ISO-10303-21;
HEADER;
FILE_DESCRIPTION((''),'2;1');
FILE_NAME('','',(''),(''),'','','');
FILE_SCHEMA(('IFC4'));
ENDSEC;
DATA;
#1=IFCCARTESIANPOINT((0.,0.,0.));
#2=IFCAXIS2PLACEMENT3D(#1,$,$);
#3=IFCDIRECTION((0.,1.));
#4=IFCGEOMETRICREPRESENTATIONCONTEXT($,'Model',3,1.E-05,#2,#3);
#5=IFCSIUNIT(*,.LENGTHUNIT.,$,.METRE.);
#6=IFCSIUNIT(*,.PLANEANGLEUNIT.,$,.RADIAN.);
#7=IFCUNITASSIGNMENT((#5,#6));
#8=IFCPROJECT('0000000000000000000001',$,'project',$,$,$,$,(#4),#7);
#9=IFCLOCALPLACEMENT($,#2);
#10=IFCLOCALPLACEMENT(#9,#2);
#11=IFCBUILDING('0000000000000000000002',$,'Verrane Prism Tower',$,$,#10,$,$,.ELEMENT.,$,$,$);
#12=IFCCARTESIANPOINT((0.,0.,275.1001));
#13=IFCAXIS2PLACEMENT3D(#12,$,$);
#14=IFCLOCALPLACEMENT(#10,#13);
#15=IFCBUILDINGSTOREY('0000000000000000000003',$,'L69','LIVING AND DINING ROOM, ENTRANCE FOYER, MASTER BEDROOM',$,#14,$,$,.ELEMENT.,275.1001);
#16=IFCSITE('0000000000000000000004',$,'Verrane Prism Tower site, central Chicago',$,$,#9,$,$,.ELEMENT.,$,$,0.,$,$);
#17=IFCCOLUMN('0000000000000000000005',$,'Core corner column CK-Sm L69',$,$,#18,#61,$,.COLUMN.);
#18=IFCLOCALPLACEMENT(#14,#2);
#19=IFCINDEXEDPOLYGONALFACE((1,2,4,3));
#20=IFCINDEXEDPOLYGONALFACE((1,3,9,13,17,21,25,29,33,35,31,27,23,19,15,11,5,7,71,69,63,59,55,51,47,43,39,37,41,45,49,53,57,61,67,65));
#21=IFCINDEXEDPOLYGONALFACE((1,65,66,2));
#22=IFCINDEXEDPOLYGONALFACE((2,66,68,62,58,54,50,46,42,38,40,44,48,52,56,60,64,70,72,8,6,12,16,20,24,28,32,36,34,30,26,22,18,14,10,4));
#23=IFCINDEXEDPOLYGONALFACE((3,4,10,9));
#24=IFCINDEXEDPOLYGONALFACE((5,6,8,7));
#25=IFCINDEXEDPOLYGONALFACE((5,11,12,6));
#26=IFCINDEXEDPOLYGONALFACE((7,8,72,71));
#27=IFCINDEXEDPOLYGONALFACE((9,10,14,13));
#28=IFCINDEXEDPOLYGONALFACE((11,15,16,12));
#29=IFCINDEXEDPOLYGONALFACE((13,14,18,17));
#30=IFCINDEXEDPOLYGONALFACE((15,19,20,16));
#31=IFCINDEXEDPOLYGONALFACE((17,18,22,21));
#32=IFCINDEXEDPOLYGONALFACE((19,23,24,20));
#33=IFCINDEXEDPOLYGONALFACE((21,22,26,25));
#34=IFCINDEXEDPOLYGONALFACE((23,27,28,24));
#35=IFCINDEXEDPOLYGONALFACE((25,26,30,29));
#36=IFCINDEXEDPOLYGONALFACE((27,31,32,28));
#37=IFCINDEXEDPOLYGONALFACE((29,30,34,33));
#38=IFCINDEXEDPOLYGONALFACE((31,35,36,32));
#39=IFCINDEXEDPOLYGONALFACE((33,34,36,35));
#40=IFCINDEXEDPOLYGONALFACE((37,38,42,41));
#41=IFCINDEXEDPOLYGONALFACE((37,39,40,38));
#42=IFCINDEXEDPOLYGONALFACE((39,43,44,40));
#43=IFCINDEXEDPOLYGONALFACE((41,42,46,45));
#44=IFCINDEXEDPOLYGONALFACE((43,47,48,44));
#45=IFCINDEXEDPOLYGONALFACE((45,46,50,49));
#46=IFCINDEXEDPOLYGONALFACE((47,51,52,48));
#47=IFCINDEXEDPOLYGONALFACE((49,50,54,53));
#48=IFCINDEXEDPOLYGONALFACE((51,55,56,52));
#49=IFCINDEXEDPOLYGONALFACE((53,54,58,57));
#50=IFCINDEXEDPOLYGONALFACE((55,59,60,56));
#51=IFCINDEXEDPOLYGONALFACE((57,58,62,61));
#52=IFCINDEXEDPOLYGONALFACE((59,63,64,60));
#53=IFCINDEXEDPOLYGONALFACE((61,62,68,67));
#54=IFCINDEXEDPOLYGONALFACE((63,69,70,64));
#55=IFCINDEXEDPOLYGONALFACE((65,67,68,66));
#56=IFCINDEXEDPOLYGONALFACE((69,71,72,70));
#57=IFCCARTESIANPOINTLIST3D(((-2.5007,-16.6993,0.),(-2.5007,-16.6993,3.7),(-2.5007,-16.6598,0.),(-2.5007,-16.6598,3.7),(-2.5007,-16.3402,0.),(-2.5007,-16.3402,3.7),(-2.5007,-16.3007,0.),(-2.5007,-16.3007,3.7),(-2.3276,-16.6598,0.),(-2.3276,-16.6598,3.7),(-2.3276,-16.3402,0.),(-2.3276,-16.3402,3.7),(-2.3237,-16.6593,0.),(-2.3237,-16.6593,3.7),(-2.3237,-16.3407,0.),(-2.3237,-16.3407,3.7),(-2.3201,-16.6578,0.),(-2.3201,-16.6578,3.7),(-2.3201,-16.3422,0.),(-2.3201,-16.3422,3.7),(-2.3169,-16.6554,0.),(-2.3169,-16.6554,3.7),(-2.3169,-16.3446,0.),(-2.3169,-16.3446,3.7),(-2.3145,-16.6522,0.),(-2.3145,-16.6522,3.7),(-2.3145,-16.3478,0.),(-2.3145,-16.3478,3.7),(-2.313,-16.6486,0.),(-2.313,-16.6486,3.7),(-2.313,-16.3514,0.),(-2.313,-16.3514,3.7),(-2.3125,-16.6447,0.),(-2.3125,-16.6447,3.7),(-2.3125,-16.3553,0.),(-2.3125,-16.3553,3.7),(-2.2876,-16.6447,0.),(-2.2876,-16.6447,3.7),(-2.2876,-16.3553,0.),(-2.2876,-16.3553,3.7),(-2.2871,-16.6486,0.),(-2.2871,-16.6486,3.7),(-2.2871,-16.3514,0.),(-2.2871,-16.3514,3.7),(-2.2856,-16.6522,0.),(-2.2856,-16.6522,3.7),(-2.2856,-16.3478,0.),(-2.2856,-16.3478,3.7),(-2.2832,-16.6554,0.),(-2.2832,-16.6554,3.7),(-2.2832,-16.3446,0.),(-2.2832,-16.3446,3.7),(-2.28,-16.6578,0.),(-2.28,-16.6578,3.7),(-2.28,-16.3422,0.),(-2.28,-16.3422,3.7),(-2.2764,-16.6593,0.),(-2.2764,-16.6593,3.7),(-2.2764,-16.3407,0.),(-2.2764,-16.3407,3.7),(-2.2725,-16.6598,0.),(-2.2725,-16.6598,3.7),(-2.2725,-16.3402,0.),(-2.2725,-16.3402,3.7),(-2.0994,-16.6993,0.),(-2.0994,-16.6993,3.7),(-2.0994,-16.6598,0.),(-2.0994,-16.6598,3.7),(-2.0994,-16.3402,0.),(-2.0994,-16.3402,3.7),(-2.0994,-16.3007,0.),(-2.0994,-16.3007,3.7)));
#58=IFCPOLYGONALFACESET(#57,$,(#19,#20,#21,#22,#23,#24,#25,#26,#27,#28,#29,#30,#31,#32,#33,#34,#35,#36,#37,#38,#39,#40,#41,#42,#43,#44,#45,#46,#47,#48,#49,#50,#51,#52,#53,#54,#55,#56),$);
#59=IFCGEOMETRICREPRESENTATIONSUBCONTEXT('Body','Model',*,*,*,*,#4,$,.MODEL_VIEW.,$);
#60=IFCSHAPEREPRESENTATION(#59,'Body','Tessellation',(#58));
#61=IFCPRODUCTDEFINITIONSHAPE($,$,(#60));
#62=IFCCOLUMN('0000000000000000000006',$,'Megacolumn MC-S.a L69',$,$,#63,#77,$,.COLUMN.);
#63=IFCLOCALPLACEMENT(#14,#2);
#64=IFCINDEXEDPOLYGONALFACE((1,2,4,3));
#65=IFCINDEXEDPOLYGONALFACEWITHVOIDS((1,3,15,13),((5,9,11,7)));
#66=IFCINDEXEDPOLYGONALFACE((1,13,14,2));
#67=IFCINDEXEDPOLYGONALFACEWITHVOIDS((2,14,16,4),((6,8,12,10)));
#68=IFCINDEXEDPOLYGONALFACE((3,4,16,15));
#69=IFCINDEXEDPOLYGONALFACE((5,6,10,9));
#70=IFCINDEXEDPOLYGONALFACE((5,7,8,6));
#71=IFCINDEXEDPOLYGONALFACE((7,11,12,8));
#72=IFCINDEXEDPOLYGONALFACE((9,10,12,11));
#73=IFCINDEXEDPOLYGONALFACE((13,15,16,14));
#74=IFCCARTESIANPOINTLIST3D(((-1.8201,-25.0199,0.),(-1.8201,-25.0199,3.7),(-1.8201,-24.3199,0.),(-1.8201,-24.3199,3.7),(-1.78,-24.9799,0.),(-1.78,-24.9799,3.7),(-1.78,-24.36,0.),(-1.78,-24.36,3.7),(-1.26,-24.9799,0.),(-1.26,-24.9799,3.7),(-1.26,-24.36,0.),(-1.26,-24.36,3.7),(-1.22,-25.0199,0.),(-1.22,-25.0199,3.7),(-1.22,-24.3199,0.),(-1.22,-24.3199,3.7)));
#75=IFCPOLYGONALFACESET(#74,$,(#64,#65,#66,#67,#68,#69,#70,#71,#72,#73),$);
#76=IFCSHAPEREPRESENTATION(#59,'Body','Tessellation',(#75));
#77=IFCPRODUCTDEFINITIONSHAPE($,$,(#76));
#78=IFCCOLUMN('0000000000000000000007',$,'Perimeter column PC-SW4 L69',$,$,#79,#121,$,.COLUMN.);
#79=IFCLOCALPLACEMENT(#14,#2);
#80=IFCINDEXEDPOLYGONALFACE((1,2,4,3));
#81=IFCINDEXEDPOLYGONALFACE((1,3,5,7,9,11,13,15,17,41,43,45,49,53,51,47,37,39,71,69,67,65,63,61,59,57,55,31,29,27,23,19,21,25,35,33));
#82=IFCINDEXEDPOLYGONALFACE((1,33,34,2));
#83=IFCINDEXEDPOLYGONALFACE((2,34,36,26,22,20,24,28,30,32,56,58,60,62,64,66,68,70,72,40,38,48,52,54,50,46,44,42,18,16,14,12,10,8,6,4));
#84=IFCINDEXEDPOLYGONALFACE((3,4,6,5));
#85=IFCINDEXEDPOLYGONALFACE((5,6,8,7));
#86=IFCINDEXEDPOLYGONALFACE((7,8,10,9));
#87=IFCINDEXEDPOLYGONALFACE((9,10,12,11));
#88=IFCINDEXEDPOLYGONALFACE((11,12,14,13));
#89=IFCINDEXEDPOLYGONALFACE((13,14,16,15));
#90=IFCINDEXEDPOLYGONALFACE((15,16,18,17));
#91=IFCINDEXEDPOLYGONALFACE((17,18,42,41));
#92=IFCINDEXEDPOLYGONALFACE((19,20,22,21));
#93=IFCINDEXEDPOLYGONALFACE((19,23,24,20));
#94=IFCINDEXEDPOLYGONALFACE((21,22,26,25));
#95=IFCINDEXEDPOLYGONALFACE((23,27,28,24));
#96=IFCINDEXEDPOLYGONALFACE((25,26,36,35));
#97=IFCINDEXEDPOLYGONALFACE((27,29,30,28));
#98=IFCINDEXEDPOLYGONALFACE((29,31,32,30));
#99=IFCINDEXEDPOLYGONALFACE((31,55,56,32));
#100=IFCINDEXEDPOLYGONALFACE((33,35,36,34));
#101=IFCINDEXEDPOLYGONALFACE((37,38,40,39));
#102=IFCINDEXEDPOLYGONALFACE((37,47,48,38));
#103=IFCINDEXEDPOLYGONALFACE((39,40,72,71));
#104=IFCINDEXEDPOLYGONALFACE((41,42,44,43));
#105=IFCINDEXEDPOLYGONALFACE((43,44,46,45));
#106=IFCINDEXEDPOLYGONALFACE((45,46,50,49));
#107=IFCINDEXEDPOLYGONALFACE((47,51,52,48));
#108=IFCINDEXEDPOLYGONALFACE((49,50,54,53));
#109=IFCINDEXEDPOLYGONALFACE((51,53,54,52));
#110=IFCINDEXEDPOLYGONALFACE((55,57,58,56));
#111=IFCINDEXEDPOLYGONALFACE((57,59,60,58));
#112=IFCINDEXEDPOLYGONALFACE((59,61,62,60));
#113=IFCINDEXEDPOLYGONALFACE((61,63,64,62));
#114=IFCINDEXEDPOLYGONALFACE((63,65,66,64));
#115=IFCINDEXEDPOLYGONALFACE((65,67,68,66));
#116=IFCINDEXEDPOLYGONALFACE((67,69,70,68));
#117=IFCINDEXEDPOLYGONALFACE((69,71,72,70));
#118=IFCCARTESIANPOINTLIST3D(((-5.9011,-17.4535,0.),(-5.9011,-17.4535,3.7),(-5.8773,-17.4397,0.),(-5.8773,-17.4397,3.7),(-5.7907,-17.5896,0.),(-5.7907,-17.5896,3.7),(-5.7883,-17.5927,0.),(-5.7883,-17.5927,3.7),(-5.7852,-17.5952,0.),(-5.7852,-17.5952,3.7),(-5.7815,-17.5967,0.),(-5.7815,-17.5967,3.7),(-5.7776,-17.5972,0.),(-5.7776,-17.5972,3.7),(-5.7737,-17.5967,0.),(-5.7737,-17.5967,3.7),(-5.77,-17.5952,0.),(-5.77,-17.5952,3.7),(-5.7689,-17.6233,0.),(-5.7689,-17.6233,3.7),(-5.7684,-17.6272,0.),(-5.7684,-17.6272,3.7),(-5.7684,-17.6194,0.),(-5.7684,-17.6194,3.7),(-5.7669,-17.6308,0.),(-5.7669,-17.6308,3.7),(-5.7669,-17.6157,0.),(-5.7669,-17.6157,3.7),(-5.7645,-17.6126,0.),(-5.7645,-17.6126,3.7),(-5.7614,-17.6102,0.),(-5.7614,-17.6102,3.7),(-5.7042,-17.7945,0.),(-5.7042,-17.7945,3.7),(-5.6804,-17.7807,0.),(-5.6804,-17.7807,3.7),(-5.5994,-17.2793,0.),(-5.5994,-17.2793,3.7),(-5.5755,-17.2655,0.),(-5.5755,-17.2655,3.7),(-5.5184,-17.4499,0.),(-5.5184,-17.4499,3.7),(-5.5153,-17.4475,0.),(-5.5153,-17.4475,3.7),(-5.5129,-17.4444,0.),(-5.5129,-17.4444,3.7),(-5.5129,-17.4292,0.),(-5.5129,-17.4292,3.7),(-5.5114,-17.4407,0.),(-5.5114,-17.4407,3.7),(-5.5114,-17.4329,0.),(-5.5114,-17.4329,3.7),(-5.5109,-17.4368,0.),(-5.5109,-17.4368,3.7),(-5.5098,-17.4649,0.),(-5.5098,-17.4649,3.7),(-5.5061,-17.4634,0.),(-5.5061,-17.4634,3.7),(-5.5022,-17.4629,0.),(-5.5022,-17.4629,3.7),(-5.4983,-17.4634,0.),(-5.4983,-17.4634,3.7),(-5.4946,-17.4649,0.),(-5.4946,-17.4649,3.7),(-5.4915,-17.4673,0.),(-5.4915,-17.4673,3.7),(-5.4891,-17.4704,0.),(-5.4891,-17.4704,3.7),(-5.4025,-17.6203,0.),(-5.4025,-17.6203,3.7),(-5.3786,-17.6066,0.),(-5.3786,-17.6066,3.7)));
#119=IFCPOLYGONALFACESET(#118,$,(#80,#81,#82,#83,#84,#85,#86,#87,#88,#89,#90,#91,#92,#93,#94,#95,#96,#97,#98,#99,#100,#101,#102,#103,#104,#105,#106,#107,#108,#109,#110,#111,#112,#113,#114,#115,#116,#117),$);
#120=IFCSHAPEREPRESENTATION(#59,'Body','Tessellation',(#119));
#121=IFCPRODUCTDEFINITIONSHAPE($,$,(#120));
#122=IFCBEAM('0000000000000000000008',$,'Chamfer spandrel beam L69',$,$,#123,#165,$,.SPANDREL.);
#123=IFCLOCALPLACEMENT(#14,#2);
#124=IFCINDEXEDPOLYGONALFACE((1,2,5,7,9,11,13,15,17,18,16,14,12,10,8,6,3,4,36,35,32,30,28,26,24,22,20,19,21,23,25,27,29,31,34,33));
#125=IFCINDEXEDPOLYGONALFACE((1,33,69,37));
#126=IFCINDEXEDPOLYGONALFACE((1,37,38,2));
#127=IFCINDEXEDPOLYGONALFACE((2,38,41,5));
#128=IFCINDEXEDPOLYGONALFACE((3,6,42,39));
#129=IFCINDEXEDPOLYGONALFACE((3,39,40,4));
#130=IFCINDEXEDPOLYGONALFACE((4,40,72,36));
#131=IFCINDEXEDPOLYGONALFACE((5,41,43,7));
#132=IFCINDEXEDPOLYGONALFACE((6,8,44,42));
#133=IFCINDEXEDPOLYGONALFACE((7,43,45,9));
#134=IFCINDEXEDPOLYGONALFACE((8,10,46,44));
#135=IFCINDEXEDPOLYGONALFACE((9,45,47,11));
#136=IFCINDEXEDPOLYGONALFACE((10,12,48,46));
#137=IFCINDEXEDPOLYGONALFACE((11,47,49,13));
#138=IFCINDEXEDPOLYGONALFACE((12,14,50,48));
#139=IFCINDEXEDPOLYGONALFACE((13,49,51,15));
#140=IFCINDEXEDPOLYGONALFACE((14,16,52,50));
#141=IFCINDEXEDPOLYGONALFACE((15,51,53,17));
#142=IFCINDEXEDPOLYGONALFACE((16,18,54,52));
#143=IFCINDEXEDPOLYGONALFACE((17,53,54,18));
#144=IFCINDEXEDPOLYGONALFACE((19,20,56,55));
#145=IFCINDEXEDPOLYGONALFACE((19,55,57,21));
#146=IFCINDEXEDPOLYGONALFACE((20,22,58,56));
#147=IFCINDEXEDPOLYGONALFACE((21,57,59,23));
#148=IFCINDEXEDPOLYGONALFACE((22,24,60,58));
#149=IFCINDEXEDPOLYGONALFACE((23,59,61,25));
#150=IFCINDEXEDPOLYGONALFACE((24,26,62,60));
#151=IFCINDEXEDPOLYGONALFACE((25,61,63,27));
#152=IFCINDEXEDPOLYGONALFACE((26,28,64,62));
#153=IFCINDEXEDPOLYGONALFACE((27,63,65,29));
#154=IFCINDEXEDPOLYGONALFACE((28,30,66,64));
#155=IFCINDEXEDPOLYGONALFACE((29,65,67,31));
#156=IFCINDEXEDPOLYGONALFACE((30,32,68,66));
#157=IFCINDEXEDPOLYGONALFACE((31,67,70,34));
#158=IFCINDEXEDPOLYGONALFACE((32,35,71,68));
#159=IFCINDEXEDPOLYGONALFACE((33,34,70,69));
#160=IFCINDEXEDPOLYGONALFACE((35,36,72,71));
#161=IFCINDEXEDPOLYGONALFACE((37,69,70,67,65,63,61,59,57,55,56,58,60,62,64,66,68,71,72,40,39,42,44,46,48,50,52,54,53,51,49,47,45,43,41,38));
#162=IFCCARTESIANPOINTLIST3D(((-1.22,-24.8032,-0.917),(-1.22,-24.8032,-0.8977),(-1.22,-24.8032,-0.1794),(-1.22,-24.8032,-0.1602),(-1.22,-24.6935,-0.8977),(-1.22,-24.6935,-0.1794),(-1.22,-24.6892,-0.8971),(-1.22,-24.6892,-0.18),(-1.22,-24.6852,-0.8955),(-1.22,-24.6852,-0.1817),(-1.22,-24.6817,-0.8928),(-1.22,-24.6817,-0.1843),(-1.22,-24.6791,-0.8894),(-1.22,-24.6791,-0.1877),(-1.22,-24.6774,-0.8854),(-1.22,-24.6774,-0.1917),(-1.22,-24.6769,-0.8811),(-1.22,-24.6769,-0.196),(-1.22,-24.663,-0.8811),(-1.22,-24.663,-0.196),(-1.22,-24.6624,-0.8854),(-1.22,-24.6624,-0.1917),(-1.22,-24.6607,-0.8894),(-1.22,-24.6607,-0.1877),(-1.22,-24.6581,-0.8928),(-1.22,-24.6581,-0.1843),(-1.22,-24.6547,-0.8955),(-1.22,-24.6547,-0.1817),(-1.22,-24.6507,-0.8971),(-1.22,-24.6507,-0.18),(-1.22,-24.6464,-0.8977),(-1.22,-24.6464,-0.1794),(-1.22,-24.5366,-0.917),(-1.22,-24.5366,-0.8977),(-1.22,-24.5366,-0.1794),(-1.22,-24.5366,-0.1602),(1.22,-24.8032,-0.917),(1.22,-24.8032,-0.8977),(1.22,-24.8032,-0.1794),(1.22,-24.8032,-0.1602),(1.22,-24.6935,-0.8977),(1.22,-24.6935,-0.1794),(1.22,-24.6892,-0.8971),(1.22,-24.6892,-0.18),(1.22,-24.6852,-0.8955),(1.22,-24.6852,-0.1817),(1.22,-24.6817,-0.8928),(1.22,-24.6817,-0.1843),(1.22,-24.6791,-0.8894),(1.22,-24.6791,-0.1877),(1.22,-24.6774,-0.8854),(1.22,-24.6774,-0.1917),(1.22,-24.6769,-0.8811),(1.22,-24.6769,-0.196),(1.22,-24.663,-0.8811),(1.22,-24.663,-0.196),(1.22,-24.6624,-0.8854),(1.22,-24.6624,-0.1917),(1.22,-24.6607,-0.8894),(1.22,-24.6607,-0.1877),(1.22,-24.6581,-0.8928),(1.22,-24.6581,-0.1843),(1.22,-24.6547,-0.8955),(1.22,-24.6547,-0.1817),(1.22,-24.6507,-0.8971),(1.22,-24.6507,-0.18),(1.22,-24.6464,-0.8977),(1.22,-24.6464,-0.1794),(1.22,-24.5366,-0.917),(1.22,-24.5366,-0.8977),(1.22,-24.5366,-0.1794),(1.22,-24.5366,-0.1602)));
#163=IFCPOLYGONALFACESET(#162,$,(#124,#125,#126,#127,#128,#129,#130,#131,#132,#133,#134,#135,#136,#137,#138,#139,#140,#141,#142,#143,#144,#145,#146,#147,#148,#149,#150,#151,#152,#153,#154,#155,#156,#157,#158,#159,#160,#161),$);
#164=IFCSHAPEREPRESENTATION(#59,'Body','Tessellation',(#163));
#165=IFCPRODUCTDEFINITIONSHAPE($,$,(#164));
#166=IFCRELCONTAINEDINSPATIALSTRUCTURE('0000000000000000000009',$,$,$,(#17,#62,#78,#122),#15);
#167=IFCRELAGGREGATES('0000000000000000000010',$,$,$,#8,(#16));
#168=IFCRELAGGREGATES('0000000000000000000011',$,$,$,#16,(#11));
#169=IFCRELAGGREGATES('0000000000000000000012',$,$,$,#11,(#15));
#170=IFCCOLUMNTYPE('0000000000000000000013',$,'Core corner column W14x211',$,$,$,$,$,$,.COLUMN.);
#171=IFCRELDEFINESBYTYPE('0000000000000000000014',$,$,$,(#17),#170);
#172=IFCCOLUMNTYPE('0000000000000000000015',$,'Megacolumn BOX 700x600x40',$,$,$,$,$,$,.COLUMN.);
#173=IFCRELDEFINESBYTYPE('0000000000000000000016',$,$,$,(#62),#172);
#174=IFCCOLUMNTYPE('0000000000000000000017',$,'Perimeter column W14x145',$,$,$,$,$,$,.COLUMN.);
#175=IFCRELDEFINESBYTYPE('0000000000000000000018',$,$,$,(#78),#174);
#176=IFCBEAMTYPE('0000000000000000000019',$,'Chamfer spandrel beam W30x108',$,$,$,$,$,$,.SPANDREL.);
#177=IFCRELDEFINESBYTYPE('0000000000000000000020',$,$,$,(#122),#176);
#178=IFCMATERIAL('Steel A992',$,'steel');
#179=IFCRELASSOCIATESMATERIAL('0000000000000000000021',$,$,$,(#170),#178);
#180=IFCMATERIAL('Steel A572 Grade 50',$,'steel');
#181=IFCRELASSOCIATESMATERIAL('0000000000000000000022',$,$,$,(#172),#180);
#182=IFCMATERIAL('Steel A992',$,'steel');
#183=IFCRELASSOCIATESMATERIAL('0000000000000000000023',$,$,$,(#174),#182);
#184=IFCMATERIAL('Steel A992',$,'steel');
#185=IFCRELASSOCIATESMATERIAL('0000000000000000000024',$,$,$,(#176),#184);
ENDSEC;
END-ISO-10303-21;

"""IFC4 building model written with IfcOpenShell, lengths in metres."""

from ifc_helpers import new_model, si_unit, direction, frame, origin, origin_2d, place, context, subcontext, project, spatial, hollow_rectangle, i_section, extrude, material, material_profile, profile_set, type_object, element, save


model = new_model("IFC4")

# Units and contexts
model_context = context("Model", 3, precision=1e-05, world=origin(), true_north=direction((0.0, 1.0)))
body_context = subcontext(model_context, "Body", "Model", "MODEL_VIEW")
ifc_project = project(units=[si_unit("LENGTHUNIT", "METRE"), si_unit("PLANEANGLEUNIT", "RADIAN")], contexts=[model_context])

# Site, building, storey
site_placement = place(None, origin())
site = spatial("IfcSite", under=ifc_project, at=site_placement, Name="Verrane Prism Tower site, central Chicago", CompositionType="ELEMENT", RefElevation=0.0)
building_placement = place(site_placement, origin())
building = spatial("IfcBuilding", under=site, at=building_placement, Name="Verrane Prism Tower", CompositionType="ELEMENT")
storey_placement = place(building_placement, frame((0.0, 0.0, 275.1001)))
storey = spatial("IfcBuildingStorey", under=building, at=storey_placement, Name="L69", Description="LIVING AND DINING ROOM, ENTRANCE FOYER, MASTER BEDROOM", CompositionType="ELEMENT", Elevation=275.1001)

# Columns
ifc_material_1 = material(Name="Steel A992", Category="steel")
ifc_material_profile_1 = material_profile(ifc_material_1, i_section(OverallWidth=0.4014, OverallDepth=0.3987, WebThickness=0.0249, FlangeThickness=0.0396, FilletRadius=0.0151, at=origin_2d()), Name="W14x211")
ifc_profile_set_1 = profile_set([ifc_material_profile_1], Name="Steel A992")
column_type_1 = type_object("IfcColumnType", Name="Core corner column W14x211", PredefinedType="COLUMN", material=ifc_profile_set_1)
column_1_placement = place(storey_placement, frame((-2.3, -16.5, 0.0), z_axis=(0.0, 0.0, 1.0), x_axis=(-1.0, 0.0, 0.0)))
element("IfcColumn", 1, at=column_1_placement, inside=storey, type_object=column_type_1, Name="Core corner column CK-Sm L69", PredefinedType="COLUMN", context=body_context, shape_type="SweptSolid", body=[
    extrude(i_section(OverallWidth=0.4014, OverallDepth=0.3987, WebThickness=0.0249, FlangeThickness=0.0396, FilletRadius=0.0151, at=origin_2d()), origin(), (0.0, 0.0, 1.0), 3.7),
])
ifc_material_2 = material(Name="Steel A572 Grade 50", Category="steel")
ifc_material_profile_2 = material_profile(ifc_material_2, hollow_rectangle(XDim=0.6001, YDim=0.7, WallThickness=0.04, at=origin_2d()), Name="BOX 700x600x40")
ifc_profile_set_2 = profile_set([ifc_material_profile_2], Name="Steel A572 Grade 50")
column_type_2 = type_object("IfcColumnType", Name="Megacolumn BOX 700x600x40", PredefinedType="COLUMN", material=ifc_profile_set_2)
column_2_placement = place(storey_placement, frame((-1.52, -24.6699, 0.0), z_axis=(0.0, 0.0, 1.0), x_axis=(-1.0, 0.0, 0.0)))
element("IfcColumn", 2, at=column_2_placement, inside=storey, type_object=column_type_2, Name="Megacolumn MC-S.a L69", PredefinedType="COLUMN", context=body_context, shape_type="SweptSolid", body=[
    extrude(hollow_rectangle(XDim=0.6001, YDim=0.7, WallThickness=0.04, at=origin_2d()), origin(), (0.0, 0.0, 1.0), 3.7),
])
ifc_material_3 = material(Name="Steel A992", Category="steel")
ifc_material_profile_3 = material_profile(ifc_material_3, i_section(OverallWidth=0.3938, OverallDepth=0.376, WebThickness=0.0173, FlangeThickness=0.0276, FilletRadius=0.0151, at=origin_2d()), Name="W14x145")
ifc_profile_set_3 = profile_set([ifc_material_profile_3], Name="Steel A992")
column_type_3 = type_object("IfcColumnType", Name="Perimeter column W14x145", PredefinedType="COLUMN", material=ifc_profile_set_3)
column_3_placement = place(storey_placement, frame((-5.6399, -17.53, 0.0), z_axis=(0.0, 0.0, 1.0), x_axis=(-0.5, 0.866025, 0.0)))
element("IfcColumn", 3, at=column_3_placement, inside=storey, type_object=column_type_3, Name="Perimeter column PC-SW4 L69", PredefinedType="COLUMN", context=body_context, shape_type="SweptSolid", body=[
    extrude(i_section(OverallWidth=0.3938, OverallDepth=0.376, WebThickness=0.0173, FlangeThickness=0.0276, FilletRadius=0.0151, at=origin_2d()), origin(), (0.0, 0.0, 1.0), 3.7),
])

# Beam
ifc_material_4 = material(Name="Steel A992", Category="steel")
ifc_material_profile_4 = material_profile(ifc_material_4, i_section(OverallWidth=0.2666, OverallDepth=0.7568, WebThickness=0.0139, FlangeThickness=0.0193, FilletRadius=0.0166, at=origin_2d()), Name="W30x108")
ifc_profile_set_4 = profile_set([ifc_material_profile_4], Name="Steel A992")
beam_type_1 = type_object("IfcBeamType", Name="Chamfer spandrel beam W30x108", PredefinedType="SPANDREL", material=ifc_profile_set_4)
beam_1_placement = place(storey_placement, frame((-1.22, -24.6699, -0.5386), z_axis=(1.0, 0.0, 0.0), x_axis=(0.0, 1.0, 0.0)))
element("IfcBeam", 4, at=beam_1_placement, inside=storey, type_object=beam_type_1, Name="Chamfer spandrel beam L69", PredefinedType="SPANDREL", context=body_context, shape_type="SweptSolid", body=[
    extrude(i_section(OverallWidth=0.2666, OverallDepth=0.7568, WebThickness=0.0139, FlangeThickness=0.0193, FilletRadius=0.0166, at=origin_2d()), origin(), (0.0, 0.0, 1.0), 2.4399),
])

save(model, "model.ifc")
